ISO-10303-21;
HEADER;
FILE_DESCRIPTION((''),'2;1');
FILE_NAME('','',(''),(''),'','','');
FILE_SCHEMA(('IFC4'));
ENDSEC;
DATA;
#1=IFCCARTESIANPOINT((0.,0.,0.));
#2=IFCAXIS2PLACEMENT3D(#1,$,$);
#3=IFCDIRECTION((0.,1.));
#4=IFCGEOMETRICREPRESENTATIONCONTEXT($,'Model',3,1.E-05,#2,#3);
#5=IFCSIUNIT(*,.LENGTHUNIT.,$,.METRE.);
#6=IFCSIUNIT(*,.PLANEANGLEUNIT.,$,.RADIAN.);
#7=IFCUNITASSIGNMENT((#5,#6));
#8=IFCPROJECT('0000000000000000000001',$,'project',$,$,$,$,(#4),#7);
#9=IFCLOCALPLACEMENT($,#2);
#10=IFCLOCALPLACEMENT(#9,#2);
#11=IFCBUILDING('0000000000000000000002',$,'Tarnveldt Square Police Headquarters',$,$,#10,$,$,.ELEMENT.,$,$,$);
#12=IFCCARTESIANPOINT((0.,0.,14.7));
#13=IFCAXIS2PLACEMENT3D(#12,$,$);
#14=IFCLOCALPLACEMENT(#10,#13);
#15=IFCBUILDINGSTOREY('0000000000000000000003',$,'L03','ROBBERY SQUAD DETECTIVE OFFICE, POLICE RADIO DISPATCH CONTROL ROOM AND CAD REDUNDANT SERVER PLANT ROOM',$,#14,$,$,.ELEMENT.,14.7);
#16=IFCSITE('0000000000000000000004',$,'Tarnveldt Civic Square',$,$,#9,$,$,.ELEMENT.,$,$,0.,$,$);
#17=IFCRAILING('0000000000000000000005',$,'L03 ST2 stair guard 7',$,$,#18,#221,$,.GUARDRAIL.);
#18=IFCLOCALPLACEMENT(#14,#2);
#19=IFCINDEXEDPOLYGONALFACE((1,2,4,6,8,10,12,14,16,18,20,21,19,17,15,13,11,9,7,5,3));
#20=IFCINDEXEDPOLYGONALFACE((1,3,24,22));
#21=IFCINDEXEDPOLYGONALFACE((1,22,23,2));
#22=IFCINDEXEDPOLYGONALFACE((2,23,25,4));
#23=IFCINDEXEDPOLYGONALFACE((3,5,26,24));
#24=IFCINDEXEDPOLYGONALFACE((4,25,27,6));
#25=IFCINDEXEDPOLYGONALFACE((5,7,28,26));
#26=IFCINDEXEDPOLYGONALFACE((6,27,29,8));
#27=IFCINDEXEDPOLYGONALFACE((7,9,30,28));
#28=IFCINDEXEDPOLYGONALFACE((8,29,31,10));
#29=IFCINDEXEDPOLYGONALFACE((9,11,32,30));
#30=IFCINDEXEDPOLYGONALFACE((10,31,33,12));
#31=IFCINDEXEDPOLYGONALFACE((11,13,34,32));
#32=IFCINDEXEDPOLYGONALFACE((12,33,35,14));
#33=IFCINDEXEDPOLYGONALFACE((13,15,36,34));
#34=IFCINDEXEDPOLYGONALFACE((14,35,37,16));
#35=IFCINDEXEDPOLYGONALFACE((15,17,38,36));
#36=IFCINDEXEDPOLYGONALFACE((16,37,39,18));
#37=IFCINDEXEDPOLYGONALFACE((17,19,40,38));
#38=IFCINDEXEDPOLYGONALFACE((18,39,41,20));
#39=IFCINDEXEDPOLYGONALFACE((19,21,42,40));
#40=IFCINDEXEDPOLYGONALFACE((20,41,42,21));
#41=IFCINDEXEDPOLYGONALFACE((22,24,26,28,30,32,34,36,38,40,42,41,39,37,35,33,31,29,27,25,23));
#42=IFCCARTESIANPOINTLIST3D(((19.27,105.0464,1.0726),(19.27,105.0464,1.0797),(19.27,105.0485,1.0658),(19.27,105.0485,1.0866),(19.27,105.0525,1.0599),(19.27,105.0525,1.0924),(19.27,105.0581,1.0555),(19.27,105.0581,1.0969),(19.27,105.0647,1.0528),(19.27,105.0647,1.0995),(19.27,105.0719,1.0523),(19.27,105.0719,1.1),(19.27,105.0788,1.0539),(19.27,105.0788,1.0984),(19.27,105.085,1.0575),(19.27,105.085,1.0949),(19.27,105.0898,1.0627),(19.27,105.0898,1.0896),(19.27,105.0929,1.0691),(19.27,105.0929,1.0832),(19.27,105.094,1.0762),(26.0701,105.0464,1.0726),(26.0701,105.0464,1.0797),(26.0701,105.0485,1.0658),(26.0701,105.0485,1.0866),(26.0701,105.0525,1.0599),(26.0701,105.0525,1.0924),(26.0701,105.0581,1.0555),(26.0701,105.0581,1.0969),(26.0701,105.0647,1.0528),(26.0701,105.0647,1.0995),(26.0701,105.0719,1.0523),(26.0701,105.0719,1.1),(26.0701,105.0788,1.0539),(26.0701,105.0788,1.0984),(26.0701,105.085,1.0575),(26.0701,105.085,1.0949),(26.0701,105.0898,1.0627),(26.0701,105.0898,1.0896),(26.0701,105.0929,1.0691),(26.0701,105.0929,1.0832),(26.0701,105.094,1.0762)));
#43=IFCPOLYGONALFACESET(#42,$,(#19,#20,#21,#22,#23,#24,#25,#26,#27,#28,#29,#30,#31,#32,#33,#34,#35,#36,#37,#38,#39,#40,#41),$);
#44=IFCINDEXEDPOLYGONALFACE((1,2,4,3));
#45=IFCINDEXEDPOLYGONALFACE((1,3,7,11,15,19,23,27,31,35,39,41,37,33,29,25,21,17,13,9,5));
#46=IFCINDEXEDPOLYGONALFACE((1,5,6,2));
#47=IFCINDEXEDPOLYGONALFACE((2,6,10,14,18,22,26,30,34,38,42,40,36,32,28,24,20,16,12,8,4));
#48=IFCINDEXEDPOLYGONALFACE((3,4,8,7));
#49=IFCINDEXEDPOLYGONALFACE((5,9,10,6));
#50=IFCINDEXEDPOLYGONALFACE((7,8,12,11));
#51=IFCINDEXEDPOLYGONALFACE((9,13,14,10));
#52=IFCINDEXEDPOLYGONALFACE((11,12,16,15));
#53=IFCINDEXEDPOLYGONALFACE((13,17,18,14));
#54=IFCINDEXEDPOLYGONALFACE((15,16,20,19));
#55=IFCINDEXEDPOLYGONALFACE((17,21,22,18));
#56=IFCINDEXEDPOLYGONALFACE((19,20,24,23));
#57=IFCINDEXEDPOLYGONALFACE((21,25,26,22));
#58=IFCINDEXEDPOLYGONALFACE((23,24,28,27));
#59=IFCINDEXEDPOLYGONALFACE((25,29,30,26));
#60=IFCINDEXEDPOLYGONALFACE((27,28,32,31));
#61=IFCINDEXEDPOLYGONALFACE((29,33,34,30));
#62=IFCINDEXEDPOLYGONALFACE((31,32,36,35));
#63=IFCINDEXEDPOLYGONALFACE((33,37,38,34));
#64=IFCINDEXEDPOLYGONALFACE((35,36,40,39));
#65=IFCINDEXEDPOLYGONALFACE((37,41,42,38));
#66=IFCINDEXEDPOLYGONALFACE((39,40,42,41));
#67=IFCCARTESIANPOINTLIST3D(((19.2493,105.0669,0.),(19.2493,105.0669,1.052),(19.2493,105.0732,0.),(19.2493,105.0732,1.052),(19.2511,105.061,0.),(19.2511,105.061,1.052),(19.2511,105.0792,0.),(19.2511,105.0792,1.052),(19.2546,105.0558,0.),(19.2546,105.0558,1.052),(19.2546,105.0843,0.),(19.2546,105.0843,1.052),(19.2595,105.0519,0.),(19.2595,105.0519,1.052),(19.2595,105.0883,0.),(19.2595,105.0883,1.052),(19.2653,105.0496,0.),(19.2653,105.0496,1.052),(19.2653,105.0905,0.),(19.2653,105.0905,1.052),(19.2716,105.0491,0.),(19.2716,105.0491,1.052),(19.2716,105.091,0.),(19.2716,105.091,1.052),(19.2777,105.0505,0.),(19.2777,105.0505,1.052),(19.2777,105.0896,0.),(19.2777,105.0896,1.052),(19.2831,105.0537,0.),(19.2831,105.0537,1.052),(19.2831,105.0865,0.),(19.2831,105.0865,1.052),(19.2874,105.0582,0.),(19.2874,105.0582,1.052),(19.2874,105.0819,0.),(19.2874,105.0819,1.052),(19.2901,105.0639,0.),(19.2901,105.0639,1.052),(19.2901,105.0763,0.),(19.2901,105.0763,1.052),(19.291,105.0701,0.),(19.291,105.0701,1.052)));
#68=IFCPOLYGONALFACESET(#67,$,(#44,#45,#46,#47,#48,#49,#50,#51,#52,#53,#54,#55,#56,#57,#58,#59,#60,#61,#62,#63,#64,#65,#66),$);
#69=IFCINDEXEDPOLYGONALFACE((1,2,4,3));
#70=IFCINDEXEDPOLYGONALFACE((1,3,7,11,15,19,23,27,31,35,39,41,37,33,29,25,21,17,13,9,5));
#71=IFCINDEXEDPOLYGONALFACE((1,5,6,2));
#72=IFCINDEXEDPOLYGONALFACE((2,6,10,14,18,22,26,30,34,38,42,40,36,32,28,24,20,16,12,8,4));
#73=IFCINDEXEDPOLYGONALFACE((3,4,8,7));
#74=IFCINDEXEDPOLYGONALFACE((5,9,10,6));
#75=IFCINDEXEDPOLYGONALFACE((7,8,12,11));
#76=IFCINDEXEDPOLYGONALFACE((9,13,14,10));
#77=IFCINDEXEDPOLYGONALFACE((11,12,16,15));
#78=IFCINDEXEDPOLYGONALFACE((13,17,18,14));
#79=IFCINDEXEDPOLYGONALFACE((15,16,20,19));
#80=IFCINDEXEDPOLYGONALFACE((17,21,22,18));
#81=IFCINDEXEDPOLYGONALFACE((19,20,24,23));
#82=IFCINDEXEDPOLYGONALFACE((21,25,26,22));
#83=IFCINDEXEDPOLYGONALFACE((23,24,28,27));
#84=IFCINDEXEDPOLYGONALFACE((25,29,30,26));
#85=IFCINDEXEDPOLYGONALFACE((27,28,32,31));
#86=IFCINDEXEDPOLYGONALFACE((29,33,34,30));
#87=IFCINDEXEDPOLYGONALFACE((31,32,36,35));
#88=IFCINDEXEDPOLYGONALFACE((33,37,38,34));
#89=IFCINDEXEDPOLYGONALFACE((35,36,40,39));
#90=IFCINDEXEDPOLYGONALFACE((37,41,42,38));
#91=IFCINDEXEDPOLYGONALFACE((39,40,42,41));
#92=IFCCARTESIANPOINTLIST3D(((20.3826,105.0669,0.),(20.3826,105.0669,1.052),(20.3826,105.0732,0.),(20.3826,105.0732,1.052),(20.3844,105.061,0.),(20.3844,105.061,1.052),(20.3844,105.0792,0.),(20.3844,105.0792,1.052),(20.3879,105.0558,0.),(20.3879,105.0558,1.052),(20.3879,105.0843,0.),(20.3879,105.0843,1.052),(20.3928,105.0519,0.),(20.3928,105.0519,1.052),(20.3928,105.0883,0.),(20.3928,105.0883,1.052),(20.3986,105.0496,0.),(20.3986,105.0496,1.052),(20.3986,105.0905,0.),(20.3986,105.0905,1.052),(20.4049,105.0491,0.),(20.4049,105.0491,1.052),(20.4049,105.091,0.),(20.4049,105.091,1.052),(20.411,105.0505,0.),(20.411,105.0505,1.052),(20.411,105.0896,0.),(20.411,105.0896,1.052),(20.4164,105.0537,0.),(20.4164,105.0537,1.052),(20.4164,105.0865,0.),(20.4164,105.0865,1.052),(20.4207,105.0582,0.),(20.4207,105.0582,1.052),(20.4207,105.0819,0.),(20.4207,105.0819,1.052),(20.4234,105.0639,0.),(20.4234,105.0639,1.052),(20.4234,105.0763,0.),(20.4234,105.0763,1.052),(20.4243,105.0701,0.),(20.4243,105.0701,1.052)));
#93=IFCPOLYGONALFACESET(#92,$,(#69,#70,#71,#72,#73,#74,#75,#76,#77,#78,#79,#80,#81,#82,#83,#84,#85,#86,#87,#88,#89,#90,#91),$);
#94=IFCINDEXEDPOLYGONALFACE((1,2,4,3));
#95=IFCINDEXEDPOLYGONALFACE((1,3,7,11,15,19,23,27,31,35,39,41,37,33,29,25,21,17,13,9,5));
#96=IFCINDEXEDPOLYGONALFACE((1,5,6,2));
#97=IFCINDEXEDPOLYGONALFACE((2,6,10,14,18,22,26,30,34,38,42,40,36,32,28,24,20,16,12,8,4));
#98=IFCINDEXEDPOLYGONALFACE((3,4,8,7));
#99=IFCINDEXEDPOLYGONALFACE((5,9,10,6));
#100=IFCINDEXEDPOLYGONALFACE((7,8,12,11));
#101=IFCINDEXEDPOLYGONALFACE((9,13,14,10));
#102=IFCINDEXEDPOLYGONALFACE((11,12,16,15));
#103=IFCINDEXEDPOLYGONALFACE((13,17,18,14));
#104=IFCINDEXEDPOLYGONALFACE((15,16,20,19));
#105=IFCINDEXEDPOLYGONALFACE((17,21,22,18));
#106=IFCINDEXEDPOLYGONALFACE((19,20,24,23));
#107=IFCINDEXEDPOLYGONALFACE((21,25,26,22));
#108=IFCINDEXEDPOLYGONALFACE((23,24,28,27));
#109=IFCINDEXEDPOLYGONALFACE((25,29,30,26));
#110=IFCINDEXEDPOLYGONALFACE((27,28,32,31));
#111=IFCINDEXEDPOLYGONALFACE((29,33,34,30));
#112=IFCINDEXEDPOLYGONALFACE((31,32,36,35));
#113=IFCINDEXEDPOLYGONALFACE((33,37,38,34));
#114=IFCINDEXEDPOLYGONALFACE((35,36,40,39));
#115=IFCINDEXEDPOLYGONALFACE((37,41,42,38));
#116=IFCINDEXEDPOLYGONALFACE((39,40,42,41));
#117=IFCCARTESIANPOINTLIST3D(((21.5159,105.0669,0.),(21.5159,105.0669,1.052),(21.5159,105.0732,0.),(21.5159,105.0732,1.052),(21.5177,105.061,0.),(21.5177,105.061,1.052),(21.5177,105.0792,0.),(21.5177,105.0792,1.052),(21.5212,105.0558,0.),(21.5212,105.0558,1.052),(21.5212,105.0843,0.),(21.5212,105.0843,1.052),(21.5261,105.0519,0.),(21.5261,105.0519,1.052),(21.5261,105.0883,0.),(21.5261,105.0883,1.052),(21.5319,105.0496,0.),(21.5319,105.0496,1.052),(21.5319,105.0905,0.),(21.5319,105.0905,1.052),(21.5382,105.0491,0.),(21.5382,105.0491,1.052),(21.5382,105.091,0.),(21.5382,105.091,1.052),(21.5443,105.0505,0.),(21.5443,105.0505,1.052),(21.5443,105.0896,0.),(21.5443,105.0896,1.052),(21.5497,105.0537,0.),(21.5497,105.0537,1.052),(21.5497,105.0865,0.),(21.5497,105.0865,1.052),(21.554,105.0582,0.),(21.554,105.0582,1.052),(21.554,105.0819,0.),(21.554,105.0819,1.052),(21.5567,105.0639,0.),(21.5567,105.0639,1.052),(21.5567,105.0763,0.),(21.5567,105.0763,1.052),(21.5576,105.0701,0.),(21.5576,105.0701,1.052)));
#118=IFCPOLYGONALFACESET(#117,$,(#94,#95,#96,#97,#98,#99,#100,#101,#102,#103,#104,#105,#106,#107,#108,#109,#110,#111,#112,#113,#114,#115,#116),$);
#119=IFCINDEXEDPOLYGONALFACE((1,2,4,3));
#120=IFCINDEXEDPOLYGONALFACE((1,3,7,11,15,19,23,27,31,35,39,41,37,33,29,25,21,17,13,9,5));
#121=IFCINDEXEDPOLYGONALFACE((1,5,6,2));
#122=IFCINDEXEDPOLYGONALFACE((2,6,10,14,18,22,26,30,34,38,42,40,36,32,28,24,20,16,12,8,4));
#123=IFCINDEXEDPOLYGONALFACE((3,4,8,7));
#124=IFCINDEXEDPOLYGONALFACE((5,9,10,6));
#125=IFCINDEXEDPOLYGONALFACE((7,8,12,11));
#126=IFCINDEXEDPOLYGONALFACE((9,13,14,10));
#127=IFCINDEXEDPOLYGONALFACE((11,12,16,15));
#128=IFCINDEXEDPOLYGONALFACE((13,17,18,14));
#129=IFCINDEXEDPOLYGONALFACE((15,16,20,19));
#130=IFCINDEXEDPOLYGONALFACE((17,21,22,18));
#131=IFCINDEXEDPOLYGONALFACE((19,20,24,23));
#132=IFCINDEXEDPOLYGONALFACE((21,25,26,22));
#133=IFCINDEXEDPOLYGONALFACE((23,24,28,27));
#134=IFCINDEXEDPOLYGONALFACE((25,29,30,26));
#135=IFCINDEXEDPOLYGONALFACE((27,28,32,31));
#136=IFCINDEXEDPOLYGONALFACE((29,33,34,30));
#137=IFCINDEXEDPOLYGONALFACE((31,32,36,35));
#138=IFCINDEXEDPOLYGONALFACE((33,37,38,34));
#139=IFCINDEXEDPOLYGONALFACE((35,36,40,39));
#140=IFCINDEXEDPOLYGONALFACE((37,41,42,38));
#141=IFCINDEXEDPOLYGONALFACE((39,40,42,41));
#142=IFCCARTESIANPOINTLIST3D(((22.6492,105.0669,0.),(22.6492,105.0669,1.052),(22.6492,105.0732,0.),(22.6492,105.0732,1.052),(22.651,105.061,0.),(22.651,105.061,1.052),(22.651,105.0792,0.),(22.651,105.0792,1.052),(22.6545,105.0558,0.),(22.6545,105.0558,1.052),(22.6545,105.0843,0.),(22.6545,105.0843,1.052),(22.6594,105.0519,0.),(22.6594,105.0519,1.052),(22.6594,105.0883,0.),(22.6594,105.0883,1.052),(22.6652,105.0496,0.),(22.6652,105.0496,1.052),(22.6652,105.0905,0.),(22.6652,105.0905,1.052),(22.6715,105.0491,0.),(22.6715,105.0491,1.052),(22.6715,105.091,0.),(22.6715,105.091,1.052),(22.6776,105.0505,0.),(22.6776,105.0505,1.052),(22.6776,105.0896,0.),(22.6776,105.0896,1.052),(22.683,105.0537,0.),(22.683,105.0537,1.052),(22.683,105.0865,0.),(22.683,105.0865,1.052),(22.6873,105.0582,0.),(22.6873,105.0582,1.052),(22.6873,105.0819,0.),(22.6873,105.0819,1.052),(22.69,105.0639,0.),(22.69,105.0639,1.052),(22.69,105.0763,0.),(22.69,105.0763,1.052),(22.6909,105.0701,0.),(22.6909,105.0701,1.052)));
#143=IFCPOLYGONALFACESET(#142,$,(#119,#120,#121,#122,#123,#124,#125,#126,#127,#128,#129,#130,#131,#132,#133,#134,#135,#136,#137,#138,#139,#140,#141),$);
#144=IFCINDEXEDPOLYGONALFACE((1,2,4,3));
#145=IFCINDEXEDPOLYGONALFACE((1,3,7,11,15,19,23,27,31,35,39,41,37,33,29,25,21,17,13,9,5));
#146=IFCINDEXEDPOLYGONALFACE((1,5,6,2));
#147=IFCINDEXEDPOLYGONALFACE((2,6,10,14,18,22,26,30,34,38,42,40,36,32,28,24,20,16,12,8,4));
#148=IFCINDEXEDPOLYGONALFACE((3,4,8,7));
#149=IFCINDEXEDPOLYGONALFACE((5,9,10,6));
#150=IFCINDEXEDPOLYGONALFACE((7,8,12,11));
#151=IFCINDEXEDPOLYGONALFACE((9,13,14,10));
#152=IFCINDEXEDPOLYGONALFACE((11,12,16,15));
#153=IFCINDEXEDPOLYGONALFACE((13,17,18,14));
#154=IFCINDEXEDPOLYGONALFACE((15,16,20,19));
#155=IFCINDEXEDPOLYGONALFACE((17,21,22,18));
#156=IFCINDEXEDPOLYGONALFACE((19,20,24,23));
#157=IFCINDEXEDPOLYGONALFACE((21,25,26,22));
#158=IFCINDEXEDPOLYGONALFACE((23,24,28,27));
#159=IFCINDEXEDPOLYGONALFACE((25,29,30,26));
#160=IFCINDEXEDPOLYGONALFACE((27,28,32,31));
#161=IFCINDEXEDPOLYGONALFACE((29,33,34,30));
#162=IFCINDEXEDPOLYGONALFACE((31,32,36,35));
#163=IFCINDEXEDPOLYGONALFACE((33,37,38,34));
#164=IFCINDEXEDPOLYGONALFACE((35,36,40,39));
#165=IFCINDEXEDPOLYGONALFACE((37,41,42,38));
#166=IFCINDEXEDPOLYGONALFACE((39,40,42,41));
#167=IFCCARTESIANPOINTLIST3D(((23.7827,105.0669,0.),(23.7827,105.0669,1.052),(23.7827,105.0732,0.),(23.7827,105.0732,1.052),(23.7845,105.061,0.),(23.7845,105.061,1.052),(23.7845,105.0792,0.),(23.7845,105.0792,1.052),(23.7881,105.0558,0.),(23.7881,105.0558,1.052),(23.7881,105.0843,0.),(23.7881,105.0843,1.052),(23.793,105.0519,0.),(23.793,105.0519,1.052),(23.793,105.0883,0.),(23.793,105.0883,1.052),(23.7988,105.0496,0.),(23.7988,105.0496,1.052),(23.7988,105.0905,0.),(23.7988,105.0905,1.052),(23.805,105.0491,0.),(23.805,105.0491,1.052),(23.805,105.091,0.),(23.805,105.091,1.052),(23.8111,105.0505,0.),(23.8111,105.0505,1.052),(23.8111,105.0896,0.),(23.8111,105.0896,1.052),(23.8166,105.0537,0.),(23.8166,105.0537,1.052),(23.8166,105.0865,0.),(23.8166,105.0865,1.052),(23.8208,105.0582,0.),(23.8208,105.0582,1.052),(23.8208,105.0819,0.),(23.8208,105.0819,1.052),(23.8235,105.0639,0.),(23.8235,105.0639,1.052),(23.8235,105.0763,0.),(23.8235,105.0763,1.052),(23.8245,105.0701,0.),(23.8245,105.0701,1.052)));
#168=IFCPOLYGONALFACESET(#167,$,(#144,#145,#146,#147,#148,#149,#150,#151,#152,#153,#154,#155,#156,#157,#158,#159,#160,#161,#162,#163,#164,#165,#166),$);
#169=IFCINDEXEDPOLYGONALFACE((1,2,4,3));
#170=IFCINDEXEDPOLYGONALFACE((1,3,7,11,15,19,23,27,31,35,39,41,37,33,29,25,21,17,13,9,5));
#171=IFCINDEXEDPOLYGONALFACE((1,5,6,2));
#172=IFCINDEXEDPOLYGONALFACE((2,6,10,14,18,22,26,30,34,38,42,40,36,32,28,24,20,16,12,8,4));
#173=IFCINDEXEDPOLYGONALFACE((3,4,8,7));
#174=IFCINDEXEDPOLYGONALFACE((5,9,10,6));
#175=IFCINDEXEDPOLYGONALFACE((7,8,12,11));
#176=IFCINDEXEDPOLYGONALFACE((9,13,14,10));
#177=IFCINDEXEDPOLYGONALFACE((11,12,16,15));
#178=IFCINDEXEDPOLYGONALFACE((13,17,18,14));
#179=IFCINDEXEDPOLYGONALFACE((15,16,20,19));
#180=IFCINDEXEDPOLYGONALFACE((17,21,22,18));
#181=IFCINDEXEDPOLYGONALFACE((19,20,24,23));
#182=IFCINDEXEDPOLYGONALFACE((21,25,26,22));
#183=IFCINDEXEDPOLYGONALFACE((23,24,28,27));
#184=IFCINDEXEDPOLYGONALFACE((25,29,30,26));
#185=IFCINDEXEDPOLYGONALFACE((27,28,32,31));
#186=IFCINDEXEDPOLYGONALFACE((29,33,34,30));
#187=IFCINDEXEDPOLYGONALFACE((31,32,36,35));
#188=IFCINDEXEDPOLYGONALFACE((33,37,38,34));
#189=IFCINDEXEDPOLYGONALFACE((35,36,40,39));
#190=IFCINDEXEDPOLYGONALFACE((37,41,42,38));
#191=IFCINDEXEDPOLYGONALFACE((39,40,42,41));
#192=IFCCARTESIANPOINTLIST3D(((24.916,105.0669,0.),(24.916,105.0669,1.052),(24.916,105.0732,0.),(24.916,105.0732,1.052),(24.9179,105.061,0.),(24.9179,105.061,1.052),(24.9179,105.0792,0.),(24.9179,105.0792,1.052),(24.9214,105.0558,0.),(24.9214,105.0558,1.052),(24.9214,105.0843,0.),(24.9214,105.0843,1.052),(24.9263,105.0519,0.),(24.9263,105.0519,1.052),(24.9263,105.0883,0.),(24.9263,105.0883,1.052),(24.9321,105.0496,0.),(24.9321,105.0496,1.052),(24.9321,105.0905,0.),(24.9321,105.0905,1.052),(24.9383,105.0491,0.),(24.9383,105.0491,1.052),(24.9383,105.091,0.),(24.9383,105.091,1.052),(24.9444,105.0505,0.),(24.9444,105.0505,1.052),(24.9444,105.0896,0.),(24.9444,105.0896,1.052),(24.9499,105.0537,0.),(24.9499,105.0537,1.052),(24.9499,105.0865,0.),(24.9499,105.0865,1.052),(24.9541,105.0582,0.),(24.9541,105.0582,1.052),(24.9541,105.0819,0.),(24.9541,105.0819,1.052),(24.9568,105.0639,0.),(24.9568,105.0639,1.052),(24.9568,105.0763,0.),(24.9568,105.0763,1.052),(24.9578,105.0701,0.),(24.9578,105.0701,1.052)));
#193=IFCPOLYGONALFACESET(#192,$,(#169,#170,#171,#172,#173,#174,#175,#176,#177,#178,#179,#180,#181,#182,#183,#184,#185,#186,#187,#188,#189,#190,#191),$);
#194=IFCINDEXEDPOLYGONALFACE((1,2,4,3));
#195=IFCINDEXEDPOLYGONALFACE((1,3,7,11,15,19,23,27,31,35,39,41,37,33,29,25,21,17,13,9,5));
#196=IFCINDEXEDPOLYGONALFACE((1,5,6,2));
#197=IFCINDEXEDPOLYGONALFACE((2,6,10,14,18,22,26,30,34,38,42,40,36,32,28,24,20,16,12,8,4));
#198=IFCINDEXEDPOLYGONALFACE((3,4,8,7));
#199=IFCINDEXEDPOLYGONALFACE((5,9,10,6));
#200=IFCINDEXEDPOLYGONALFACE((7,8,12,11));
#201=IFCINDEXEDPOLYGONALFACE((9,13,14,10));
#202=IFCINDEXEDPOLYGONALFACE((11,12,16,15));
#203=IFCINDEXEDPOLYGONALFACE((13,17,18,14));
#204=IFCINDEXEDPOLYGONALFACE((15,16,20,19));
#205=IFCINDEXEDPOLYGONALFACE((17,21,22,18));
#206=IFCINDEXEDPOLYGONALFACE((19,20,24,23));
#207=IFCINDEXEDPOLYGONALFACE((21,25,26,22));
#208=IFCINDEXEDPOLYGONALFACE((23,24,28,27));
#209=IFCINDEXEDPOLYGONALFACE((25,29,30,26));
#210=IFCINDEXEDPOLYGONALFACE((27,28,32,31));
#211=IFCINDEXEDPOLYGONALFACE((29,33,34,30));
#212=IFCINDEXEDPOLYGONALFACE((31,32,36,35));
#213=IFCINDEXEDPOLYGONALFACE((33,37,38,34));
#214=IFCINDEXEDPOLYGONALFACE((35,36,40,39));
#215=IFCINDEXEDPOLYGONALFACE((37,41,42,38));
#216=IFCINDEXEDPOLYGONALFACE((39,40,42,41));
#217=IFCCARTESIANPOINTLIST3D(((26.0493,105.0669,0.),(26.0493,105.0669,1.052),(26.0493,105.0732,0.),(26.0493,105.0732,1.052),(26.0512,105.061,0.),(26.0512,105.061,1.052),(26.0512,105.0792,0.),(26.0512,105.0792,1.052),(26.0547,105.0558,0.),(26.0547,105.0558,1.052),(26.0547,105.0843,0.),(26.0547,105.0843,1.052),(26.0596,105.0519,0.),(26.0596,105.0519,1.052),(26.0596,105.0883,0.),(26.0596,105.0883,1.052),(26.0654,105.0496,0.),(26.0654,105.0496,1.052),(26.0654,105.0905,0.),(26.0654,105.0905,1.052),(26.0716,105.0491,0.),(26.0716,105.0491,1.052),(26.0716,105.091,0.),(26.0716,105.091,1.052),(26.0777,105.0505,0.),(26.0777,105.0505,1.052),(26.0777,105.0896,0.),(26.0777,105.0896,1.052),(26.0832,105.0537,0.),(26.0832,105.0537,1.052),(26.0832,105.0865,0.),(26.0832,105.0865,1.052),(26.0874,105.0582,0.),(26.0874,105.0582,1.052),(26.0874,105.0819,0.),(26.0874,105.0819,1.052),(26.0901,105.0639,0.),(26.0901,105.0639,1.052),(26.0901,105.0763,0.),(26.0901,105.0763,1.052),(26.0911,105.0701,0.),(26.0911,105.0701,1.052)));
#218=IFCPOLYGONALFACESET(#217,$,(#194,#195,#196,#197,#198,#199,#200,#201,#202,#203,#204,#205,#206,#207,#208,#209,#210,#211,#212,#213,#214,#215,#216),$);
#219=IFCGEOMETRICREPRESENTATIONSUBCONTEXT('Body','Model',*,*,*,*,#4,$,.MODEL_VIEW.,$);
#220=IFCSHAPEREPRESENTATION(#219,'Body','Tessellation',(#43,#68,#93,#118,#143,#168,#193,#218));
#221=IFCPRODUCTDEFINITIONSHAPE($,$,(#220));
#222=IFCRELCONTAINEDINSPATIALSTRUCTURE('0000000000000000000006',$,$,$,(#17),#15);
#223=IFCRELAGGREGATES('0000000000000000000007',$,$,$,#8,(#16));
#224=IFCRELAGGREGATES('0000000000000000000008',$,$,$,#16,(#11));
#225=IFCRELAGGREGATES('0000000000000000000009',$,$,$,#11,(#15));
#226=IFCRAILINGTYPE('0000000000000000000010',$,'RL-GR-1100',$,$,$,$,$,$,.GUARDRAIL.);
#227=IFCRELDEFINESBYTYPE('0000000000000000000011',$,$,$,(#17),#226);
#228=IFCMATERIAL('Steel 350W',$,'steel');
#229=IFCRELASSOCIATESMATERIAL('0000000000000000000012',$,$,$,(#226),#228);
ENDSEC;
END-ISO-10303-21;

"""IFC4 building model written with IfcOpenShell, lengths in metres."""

from ifc_helpers import new_model, si_unit, direction, frame, origin, origin_2d, place, context, subcontext, project, spatial, circle, extrude, material, type_object, element, save


model = new_model("IFC4")

# Units and contexts
model_context = context("Model", 3, precision=1e-05, world=origin(), true_north=direction((0.0, 1.0)))
body_context = subcontext(model_context, "Body", "Model", "MODEL_VIEW")
ifc_project = project(units=[si_unit("LENGTHUNIT", "METRE"), si_unit("PLANEANGLEUNIT", "RADIAN")], contexts=[model_context])

# Site, building, storey
site_placement = place(None, origin())
site = spatial("IfcSite", under=ifc_project, at=site_placement, Name="Tarnveldt Civic Square", CompositionType="ELEMENT", RefElevation=0.0)
building_placement = place(site_placement, origin())
building = spatial("IfcBuilding", under=site, at=building_placement, Name="Tarnveldt Square Police Headquarters", CompositionType="ELEMENT")
storey_placement = place(building_placement, frame((0.0, 0.0, 14.7)))
storey = spatial("IfcBuildingStorey", under=building, at=storey_placement, Name="L03", Description="ROBBERY SQUAD DETECTIVE OFFICE, POLICE RADIO DISPATCH CONTROL ROOM AND CAD REDUNDANT SERVER PLANT ROOM", CompositionType="ELEMENT", Elevation=14.7)

# Shared definitions
ifc_material_1 = material(Name="Steel 350W", Category="steel")

# Railing
railing_type_1 = type_object("IfcRailingType", Name="RL-GR-1100", PredefinedType="GUARDRAIL", material=ifc_material_1)
railing_1_placement = place(storey_placement, frame((19.27, 105.0701, 0.0)))
element("IfcRailing", 1, at=railing_1_placement, inside=storey, type_object=railing_type_1, Name="L03 ST2 stair guard 7", PredefinedType="GUARDRAIL", context=body_context, shape_type="SweptSolid", body=[
    extrude(circle(Radius=0.0239, at=origin_2d()), frame((0.0, 0.0, 1.0762), z_axis=(1.0, 0.0, 0.0), x_axis=(0.0, 1.0, 0.0)), (0.0, 0.0, 1.0), 6.8),
    extrude(circle(Radius=0.021, at=origin_2d()), origin(), (0.0, 0.0, 1.0), 1.052),
    extrude(circle(Radius=0.021, at=origin_2d()), frame((1.1333, 0.0, 0.0)), (0.0, 0.0, 1.0), 1.052),
    extrude(circle(Radius=0.021, at=origin_2d()), frame((2.2666, 0.0, 0.0)), (0.0, 0.0, 1.0), 1.052),
    extrude(circle(Radius=0.021, at=origin_2d()), frame((3.3999, 0.0, 0.0)), (0.0, 0.0, 1.0), 1.052),
    extrude(circle(Radius=0.021, at=origin_2d()), frame((4.5334, 0.0, 0.0)), (0.0, 0.0, 1.0), 1.052),
    extrude(circle(Radius=0.021, at=origin_2d()), frame((5.6667, 0.0, 0.0)), (0.0, 0.0, 1.0), 1.052),
    extrude(circle(Radius=0.021, at=origin_2d()), frame((6.8, 0.0, 0.0)), (0.0, 0.0, 1.0), 1.052),
])

save(model, "model.ifc")
